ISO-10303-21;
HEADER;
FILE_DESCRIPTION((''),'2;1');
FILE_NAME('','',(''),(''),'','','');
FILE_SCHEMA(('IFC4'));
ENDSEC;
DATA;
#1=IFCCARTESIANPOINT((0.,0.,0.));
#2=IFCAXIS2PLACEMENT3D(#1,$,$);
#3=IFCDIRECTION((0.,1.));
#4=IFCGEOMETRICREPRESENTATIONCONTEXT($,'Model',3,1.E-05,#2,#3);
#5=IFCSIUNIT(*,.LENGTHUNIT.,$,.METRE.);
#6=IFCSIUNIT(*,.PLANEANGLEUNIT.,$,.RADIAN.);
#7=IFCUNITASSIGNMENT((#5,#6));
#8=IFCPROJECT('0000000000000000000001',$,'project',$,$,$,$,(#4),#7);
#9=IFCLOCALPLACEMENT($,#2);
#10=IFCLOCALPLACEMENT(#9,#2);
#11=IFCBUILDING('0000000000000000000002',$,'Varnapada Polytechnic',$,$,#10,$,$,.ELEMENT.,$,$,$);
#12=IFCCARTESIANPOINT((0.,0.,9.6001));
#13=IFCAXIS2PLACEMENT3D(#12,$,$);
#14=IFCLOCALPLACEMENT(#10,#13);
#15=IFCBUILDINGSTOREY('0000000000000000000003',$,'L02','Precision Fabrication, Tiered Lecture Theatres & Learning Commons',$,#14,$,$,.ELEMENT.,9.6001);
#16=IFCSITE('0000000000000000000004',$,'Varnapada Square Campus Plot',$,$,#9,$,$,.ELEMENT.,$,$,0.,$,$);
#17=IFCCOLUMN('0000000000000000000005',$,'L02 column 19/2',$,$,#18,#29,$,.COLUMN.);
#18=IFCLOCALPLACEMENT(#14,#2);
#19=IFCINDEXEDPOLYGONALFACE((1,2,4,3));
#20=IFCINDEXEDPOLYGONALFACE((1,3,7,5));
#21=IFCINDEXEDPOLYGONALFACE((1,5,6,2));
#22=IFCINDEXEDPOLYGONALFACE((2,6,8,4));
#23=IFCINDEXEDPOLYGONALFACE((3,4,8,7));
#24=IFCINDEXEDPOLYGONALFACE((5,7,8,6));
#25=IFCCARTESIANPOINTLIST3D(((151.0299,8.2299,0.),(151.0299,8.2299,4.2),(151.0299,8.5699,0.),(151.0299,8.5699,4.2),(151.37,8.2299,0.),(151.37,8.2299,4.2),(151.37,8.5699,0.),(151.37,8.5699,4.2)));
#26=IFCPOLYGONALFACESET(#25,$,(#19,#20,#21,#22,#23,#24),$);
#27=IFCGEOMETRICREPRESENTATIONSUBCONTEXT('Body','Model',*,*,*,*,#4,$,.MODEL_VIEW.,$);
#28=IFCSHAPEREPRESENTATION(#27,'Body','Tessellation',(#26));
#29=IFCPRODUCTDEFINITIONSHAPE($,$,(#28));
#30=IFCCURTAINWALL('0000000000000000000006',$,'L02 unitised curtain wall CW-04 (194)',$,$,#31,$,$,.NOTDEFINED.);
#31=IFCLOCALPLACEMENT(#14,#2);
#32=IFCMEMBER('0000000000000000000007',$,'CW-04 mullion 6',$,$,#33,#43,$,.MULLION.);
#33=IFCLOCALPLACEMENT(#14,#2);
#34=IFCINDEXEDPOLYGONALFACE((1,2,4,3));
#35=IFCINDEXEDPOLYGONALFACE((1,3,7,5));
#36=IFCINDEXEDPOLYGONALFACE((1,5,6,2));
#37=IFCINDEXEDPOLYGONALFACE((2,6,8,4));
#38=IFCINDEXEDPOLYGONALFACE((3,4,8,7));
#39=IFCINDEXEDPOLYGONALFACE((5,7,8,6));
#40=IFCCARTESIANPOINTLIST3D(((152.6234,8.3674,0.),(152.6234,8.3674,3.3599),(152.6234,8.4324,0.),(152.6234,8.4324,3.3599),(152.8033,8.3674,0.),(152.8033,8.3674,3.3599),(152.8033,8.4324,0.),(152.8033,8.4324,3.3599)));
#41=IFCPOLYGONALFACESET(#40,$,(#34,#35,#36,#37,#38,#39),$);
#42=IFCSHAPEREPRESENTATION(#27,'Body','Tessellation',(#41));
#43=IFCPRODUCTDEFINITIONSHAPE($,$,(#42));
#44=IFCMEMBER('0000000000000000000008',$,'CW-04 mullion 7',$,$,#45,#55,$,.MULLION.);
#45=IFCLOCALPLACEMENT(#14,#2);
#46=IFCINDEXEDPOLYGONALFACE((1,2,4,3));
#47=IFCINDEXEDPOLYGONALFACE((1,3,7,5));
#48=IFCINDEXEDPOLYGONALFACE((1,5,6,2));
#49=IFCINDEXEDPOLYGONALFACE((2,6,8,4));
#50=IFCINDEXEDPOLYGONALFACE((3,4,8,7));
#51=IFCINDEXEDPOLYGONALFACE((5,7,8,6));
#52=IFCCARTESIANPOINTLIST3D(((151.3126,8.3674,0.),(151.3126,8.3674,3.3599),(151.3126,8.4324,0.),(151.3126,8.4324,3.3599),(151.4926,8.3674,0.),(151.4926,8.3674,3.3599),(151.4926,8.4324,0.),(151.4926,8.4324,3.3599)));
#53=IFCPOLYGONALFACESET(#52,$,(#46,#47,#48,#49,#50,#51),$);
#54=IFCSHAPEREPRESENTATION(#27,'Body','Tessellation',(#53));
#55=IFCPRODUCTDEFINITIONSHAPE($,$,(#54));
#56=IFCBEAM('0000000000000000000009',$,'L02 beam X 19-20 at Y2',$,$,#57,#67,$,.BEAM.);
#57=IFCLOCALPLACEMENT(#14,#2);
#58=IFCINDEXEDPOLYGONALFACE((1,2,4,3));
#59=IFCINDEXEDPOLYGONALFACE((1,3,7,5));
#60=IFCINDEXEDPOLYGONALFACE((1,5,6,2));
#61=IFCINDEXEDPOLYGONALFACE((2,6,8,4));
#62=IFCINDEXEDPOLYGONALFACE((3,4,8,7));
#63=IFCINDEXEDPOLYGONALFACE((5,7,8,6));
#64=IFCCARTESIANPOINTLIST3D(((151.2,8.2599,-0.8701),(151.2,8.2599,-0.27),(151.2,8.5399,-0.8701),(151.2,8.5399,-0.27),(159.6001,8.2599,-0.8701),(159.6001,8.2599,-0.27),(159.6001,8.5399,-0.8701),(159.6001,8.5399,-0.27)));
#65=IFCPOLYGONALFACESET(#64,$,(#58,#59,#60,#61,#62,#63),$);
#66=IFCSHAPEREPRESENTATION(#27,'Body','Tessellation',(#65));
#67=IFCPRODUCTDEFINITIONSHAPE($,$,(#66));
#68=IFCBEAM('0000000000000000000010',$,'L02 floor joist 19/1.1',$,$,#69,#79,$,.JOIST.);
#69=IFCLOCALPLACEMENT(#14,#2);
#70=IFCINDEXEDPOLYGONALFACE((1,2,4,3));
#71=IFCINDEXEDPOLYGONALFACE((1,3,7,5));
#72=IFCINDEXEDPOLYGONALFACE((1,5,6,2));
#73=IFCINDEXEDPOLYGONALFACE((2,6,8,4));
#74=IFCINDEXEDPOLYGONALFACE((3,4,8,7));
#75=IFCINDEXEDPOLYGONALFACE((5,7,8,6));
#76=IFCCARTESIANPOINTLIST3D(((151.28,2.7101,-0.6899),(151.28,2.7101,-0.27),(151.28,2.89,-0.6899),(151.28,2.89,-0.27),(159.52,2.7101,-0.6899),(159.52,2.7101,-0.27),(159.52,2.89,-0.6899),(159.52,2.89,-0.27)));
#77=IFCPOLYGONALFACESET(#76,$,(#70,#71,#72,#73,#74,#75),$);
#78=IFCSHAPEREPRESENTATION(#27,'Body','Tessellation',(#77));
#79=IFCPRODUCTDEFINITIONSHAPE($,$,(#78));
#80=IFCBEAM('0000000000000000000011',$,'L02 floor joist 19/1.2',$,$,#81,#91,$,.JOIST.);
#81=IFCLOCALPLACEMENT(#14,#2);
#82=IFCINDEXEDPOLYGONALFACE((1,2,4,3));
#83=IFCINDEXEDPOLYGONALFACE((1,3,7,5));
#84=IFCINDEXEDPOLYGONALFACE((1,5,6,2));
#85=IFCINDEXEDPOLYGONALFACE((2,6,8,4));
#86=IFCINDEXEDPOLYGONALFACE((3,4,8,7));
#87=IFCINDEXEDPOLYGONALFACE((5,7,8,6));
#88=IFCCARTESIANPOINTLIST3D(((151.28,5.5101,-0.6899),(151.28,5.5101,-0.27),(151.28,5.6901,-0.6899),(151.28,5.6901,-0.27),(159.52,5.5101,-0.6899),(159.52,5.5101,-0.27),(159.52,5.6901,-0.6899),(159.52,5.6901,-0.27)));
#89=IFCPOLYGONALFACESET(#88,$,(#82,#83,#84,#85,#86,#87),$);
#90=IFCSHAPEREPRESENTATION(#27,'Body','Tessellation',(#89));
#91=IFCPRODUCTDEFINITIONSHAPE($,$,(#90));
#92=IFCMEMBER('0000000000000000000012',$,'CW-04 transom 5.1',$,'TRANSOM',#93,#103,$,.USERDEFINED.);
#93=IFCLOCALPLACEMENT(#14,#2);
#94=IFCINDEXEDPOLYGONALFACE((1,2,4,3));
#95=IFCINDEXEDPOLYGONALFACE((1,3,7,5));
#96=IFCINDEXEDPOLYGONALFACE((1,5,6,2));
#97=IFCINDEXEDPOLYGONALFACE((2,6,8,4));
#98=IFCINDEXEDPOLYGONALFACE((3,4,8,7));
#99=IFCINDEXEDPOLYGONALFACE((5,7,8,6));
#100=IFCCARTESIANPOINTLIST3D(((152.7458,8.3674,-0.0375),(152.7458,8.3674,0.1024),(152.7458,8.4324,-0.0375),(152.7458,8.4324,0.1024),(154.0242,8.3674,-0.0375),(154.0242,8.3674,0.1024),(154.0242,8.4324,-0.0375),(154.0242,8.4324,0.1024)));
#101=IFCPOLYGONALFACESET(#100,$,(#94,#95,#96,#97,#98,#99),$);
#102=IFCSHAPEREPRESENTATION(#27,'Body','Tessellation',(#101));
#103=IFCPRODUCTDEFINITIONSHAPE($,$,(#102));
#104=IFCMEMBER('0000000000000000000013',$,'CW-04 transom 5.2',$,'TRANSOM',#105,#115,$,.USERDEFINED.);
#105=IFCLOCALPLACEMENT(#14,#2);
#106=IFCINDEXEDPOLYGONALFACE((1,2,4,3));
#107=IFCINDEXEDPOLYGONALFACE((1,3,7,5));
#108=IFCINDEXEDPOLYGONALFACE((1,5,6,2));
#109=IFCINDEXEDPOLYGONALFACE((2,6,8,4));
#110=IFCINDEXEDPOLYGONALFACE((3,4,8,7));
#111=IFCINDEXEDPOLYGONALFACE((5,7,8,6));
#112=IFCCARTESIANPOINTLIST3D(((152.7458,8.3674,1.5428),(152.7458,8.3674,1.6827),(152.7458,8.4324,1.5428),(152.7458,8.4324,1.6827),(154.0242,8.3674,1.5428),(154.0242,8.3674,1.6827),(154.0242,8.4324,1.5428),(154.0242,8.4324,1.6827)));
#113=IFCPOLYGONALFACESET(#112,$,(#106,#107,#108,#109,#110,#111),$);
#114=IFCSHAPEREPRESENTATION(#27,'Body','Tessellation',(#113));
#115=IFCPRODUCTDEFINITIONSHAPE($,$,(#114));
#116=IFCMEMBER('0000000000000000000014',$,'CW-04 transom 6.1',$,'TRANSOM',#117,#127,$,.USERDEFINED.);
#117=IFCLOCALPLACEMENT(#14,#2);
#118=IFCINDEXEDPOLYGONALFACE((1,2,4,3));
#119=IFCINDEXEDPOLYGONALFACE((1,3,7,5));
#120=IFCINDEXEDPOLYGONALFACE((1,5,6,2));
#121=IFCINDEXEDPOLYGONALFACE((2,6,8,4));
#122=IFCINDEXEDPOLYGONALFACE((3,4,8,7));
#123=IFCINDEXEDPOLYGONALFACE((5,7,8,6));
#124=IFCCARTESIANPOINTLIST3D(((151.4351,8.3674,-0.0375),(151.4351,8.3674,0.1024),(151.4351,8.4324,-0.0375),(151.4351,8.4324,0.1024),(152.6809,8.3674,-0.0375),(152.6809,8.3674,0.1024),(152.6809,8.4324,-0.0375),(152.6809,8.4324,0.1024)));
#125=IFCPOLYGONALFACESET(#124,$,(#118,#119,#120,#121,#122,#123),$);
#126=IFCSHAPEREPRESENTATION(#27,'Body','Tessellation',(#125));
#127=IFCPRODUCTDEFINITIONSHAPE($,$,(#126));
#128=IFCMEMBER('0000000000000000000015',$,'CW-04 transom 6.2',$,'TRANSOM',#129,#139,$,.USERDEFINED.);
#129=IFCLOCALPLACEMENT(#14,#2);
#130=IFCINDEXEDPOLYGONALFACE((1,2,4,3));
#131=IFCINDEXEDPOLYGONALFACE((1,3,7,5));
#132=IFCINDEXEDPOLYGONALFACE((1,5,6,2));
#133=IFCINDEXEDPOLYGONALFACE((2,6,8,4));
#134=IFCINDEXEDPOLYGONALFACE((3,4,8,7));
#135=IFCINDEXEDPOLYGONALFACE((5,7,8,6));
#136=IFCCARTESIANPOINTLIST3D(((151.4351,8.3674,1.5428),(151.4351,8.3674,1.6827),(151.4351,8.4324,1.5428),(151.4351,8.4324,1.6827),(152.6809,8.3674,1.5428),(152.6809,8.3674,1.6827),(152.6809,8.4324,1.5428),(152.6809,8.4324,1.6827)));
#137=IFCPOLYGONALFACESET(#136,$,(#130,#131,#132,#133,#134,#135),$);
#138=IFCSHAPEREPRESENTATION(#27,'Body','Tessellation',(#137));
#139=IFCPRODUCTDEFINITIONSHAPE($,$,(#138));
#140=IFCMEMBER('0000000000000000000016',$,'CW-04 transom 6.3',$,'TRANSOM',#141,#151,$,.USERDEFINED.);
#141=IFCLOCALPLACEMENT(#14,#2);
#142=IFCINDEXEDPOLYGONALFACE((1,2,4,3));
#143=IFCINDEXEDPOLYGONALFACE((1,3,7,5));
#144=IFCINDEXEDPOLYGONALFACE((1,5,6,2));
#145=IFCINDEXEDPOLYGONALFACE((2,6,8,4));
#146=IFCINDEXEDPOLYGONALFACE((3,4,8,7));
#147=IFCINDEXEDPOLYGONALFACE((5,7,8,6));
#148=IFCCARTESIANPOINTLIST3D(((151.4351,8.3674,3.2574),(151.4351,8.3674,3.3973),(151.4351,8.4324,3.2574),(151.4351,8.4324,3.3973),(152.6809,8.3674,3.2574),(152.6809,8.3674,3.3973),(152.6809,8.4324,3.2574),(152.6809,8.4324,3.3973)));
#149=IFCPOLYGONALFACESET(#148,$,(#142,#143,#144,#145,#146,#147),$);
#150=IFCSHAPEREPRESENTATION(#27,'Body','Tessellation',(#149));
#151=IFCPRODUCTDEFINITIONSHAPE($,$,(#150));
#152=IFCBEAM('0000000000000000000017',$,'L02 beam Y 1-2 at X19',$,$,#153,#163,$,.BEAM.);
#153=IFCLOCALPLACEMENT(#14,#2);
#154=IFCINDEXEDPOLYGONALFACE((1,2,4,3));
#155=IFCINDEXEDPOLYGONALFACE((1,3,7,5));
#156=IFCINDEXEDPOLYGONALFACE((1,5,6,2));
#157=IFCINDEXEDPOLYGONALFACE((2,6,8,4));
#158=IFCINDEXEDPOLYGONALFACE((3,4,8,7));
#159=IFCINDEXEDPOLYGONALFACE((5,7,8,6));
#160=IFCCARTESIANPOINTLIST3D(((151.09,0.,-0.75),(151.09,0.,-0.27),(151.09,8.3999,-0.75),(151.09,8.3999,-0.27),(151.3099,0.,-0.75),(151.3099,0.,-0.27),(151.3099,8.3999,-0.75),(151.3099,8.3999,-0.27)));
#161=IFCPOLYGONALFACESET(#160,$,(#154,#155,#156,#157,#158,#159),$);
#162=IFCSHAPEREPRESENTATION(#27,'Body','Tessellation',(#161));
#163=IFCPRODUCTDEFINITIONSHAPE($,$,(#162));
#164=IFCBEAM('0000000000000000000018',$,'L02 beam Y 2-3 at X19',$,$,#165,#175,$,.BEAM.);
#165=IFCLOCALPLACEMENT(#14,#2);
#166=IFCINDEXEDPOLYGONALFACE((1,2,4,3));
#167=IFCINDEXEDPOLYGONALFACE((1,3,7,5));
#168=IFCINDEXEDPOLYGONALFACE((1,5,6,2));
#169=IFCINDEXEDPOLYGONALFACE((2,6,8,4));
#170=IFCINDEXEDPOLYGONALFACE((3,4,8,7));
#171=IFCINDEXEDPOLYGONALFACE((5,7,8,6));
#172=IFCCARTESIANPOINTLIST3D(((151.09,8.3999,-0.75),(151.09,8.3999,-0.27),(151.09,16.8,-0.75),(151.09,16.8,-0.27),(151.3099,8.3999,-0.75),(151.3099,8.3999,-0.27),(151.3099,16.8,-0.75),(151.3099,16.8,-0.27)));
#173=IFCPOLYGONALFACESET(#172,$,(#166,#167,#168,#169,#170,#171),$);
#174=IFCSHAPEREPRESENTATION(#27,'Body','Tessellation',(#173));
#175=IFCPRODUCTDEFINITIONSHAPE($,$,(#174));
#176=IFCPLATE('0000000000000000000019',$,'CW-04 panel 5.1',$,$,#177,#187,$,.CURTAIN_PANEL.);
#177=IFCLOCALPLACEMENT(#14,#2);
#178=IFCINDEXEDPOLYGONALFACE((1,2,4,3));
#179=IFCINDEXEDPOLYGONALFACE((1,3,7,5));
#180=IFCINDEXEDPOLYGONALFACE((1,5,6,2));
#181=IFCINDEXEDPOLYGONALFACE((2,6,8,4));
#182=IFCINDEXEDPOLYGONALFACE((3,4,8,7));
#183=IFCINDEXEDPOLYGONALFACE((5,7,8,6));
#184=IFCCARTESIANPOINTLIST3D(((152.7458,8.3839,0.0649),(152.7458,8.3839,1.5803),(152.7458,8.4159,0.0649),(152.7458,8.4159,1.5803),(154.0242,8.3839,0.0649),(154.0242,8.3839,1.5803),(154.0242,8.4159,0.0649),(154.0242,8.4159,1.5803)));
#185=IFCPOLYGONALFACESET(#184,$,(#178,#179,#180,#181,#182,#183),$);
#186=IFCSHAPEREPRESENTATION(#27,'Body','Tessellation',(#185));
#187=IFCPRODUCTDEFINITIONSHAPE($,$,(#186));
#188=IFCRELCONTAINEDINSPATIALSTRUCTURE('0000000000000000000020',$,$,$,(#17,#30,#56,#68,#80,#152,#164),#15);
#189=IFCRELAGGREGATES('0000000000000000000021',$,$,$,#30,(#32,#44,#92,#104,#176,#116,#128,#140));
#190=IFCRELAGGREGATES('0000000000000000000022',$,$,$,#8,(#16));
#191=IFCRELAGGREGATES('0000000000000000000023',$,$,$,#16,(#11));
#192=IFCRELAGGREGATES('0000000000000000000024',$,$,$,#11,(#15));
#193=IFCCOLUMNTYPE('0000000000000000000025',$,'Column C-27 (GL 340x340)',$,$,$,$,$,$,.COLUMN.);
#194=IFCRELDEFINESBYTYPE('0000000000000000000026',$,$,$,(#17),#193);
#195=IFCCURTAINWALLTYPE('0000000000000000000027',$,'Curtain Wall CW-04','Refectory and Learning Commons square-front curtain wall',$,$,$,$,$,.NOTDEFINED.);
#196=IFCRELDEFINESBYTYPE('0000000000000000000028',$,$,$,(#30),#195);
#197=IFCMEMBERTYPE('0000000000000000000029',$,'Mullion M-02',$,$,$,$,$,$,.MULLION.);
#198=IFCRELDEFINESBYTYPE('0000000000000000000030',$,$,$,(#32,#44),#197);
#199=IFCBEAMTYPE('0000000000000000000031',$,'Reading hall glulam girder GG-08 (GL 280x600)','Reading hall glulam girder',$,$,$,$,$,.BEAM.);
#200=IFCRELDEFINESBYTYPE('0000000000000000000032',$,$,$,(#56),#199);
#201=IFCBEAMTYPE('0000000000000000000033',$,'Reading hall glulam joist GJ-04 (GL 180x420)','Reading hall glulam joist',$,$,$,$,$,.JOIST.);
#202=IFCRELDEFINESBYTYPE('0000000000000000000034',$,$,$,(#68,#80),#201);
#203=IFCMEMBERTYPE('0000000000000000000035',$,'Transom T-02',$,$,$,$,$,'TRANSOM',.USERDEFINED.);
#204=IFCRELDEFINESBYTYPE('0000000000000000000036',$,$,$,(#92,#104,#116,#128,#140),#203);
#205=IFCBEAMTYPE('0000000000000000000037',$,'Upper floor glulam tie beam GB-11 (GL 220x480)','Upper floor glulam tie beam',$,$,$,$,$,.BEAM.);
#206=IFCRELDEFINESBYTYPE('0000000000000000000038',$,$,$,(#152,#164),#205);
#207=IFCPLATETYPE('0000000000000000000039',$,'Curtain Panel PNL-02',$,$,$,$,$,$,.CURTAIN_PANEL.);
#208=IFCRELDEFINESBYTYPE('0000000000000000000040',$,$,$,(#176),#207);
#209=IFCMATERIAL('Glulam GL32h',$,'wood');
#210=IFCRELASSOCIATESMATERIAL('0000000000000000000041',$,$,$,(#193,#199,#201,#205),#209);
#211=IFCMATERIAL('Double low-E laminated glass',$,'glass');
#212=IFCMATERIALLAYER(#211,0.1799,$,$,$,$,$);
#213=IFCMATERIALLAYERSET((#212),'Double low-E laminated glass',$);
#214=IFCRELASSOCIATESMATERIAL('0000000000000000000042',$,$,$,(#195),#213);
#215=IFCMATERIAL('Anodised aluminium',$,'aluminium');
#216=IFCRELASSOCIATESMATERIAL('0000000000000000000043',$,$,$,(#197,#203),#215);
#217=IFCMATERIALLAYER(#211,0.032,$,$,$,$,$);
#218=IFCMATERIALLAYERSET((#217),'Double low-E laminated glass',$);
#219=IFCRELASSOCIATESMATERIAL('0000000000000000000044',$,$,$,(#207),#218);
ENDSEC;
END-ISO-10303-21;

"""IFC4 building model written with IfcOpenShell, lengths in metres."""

from ifc_helpers import new_model, si_unit, direction, frame, origin, origin_2d, place, context, subcontext, project, spatial, rectangle, extrude, material, layer, layer_set, material_profile, profile_set, type_object, element, aggregate, save


model = new_model("IFC4")

# Units and contexts
model_context = context("Model", 3, precision=1e-05, world=origin(), true_north=direction((0.0, 1.0)))
body_context = subcontext(model_context, "Body", "Model", "MODEL_VIEW")
ifc_project = project(units=[si_unit("LENGTHUNIT", "METRE"), si_unit("PLANEANGLEUNIT", "RADIAN")], contexts=[model_context])

# Site, building, storey
site_placement = place(None, origin())
site = spatial("IfcSite", under=ifc_project, at=site_placement, Name="Varnapada Square Campus Plot", CompositionType="ELEMENT", RefElevation=0.0)
building_placement = place(site_placement, origin())
building = spatial("IfcBuilding", under=site, at=building_placement, Name="Varnapada Polytechnic", CompositionType="ELEMENT")
storey_placement = place(building_placement, frame((0.0, 0.0, 9.6001)))
storey = spatial("IfcBuildingStorey", under=building, at=storey_placement, Name="L02", Description="Precision Fabrication, Tiered Lecture Theatres & Learning Commons", CompositionType="ELEMENT", Elevation=9.6001)

# Column
ifc_material_1 = material(Name="Glulam GL32h", Category="wood")
ifc_material_profile_1 = material_profile(ifc_material_1, rectangle(XDim=0.3401, YDim=0.3401, at=origin_2d()), Name="GL 340x340")
ifc_profile_set_1 = profile_set([ifc_material_profile_1], Name="Glulam GL32h")
column_type = type_object("IfcColumnType", Name="Column C-27 (GL 340x340)", PredefinedType="COLUMN", material=ifc_profile_set_1)
column_placement = place(storey_placement, frame((151.2, 8.3999, 0.0), z_axis=(0.0, 0.0, 1.0), x_axis=(1.0, 0.0, 0.0)))
element("IfcColumn", 1, at=column_placement, inside=storey, type_object=column_type, Name="L02 column 19/2", PredefinedType="COLUMN", context=body_context, shape_type="SweptSolid", body=[
    extrude(rectangle(XDim=0.3401, YDim=0.3401, at=origin_2d()), origin(), (0.0, 0.0, 1.0), 4.2),
])

# Curtain wall, members
ifc_material_2 = material(Name="Double low-E laminated glass", Category="glass")
ifc_layer_1 = layer(ifc_material_2, 0.1799)
ifc_layer_set_1 = layer_set([ifc_layer_1], Name="Double low-E laminated glass")
curtain_wall_type = type_object("IfcCurtainWallType", Name="Curtain Wall CW-04", Description="Refectory and Learning Commons square-front curtain wall", PredefinedType="NOTDEFINED", material=ifc_layer_set_1)
curtain_wall_placement = place(storey_placement, origin())
curtain_wall = element("IfcCurtainWall", 2, at=curtain_wall_placement, inside=storey, type_object=curtain_wall_type, Name="L02 unitised curtain wall CW-04 (194)", PredefinedType="NOTDEFINED")
ifc_material_3 = material(Name="Anodised aluminium", Category="aluminium")
ifc_material_profile_2 = material_profile(ifc_material_3, rectangle(XDim=0.0649, YDim=0.1799, at=origin_2d()), Name="ALU M65x180")
ifc_profile_set_2 = profile_set([ifc_material_profile_2], Name="Anodised aluminium")
member_type_1 = type_object("IfcMemberType", Name="Mullion M-02", PredefinedType="MULLION", material=ifc_profile_set_2)
member_1_placement = place(storey_placement, frame((152.7134, 8.3999, 0.0), z_axis=(0.0, 0.0, 1.0), x_axis=(0.0, -1.0, 0.0)))
member_1 = element("IfcMember", 3, at=member_1_placement, type_object=member_type_1, Name="CW-04 mullion 6", PredefinedType="MULLION", context=body_context, shape_type="SweptSolid", body=[
    extrude(rectangle(XDim=0.0649, YDim=0.1799, at=origin_2d()), origin(), (0.0, 0.0, 1.0), 3.3599),
])
member_2_placement = place(storey_placement, frame((151.4026, 8.3999, 0.0), z_axis=(0.0, 0.0, 1.0), x_axis=(0.0, -1.0, 0.0)))
member_2 = element("IfcMember", 4, at=member_2_placement, type_object=member_type_1, Name="CW-04 mullion 7", PredefinedType="MULLION", context=body_context, shape_type="SweptSolid", body=[
    extrude(rectangle(XDim=0.0649, YDim=0.1799, at=origin_2d()), origin(), (0.0, 0.0, 1.0), 3.3599),
])

# Beams
ifc_material_profile_3 = material_profile(ifc_material_1, rectangle(XDim=0.28, YDim=0.6001, at=origin_2d()), Name="GL 280x600")
ifc_profile_set_3 = profile_set([ifc_material_profile_3], Name="Glulam GL32h")
beam_type_1 = type_object("IfcBeamType", Name="Reading hall glulam girder GG-08 (GL 280x600)", Description="Reading hall glulam girder", PredefinedType="BEAM", material=ifc_profile_set_3)
beam_1_placement = place(storey_placement, frame((151.2, 8.3999, -0.5701), z_axis=(1.0, 0.0, 0.0), x_axis=(0.0, 1.0, 0.0)))
element("IfcBeam", 5, at=beam_1_placement, inside=storey, type_object=beam_type_1, Name="L02 beam X 19-20 at Y2", PredefinedType="BEAM", context=body_context, shape_type="SweptSolid", body=[
    extrude(rectangle(XDim=0.28, YDim=0.6001, at=origin_2d()), origin(), (0.0, 0.0, 1.0), 8.4001),
])
ifc_material_profile_4 = material_profile(ifc_material_1, rectangle(XDim=0.1799, YDim=0.4199, at=origin_2d()), Name="GL 180x420")
ifc_profile_set_4 = profile_set([ifc_material_profile_4], Name="Glulam GL32h")
beam_type_2 = type_object("IfcBeamType", Name="Reading hall glulam joist GJ-04 (GL 180x420)", Description="Reading hall glulam joist", PredefinedType="JOIST", material=ifc_profile_set_4)
for number, where, z_axis, x_axis, name in (
    (6, (151.28, 2.8, -0.48), (1.0, 0.0, 0.0), (0.0, 1.0, 0.0), "L02 floor joist 19/1.1"),
    (7, (151.28, 5.6001, -0.48), (1.0, 0.0, 0.0), (0.0, 1.0, 0.0), "L02 floor joist 19/1.2"),
):
    element("IfcBeam", number, at=place(storey_placement, frame(where, z_axis=z_axis, x_axis=x_axis)), inside=storey, type_object=beam_type_2, Name=name, PredefinedType="JOIST", context=body_context, shape_type="SweptSolid", body=[
        extrude(rectangle(XDim=0.1799, YDim=0.4199, at=origin_2d()), origin(), (0.0, 0.0, 1.0), 8.24),
    ])

# Members
ifc_material_profile_5 = material_profile(ifc_material_3, rectangle(XDim=0.0649, YDim=0.1399, at=origin_2d()), Name="ALU T65x140")
ifc_profile_set_5 = profile_set([ifc_material_profile_5], Name="Anodised aluminium")
member_type_2 = type_object("IfcMemberType", Name="Transom T-02", ElementType="TRANSOM", PredefinedType="USERDEFINED", material=ifc_profile_set_5)
member_3_placement = place(storey_placement, frame((154.0242, 8.3999, 0.0325), z_axis=(-1.0, 0.0, 0.0), x_axis=(0.0, -1.0, 0.0)))
member_3 = element("IfcMember", 8, at=member_3_placement, type_object=member_type_2, Name="CW-04 transom 5.1", ObjectType="TRANSOM", PredefinedType="USERDEFINED", context=body_context, shape_type="SweptSolid", body=[
    extrude(rectangle(XDim=0.0649, YDim=0.1399, at=origin_2d()), origin(), (0.0, 0.0, 1.0), 1.2783),
])
member_4_placement = place(storey_placement, frame((154.0242, 8.3999, 1.6128), z_axis=(-1.0, 0.0, 0.0), x_axis=(0.0, -1.0, 0.0)))
member_4 = element("IfcMember", 9, at=member_4_placement, type_object=member_type_2, Name="CW-04 transom 5.2", ObjectType="TRANSOM", PredefinedType="USERDEFINED", context=body_context, shape_type="SweptSolid", body=[
    extrude(rectangle(XDim=0.0649, YDim=0.1399, at=origin_2d()), origin(), (0.0, 0.0, 1.0), 1.2783),
])
member_5_placement = place(storey_placement, frame((152.6809, 8.3999, 0.0325), z_axis=(-1.0, 0.0, 0.0), x_axis=(0.0, -1.0, 0.0)))
member_5 = element("IfcMember", 10, at=member_5_placement, type_object=member_type_2, Name="CW-04 transom 6.1", ObjectType="TRANSOM", PredefinedType="USERDEFINED", context=body_context, shape_type="SweptSolid", body=[
    extrude(rectangle(XDim=0.0649, YDim=0.1399, at=origin_2d()), origin(), (0.0, 0.0, 1.0), 1.2458),
])
member_6_placement = place(storey_placement, frame((152.6809, 8.3999, 1.6128), z_axis=(-1.0, 0.0, 0.0), x_axis=(0.0, -1.0, 0.0)))
member_6 = element("IfcMember", 11, at=member_6_placement, type_object=member_type_2, Name="CW-04 transom 6.2", ObjectType="TRANSOM", PredefinedType="USERDEFINED", context=body_context, shape_type="SweptSolid", body=[
    extrude(rectangle(XDim=0.0649, YDim=0.1399, at=origin_2d()), origin(), (0.0, 0.0, 1.0), 1.2458),
])
member_7_placement = place(storey_placement, frame((152.6809, 8.3999, 3.3274), z_axis=(-1.0, 0.0, 0.0), x_axis=(0.0, -1.0, 0.0)))
member_7 = element("IfcMember", 12, at=member_7_placement, type_object=member_type_2, Name="CW-04 transom 6.3", ObjectType="TRANSOM", PredefinedType="USERDEFINED", context=body_context, shape_type="SweptSolid", body=[
    extrude(rectangle(XDim=0.0649, YDim=0.1399, at=origin_2d()), origin(), (0.0, 0.0, 1.0), 1.2458),
])

# Beams
ifc_material_profile_6 = material_profile(ifc_material_1, rectangle(XDim=0.22, YDim=0.48, at=origin_2d()), Name="GL 220x480")
ifc_profile_set_6 = profile_set([ifc_material_profile_6], Name="Glulam GL32h")
beam_type_3 = type_object("IfcBeamType", Name="Upper floor glulam tie beam GB-11 (GL 220x480)", Description="Upper floor glulam tie beam", PredefinedType="BEAM", material=ifc_profile_set_6)
beam_2_placement = place(storey_placement, frame((151.2, 0.0, -0.51), z_axis=(0.0, 1.0, 0.0), x_axis=(-1.0, 0.0, 0.0)))
element("IfcBeam", 13, at=beam_2_placement, inside=storey, type_object=beam_type_3, Name="L02 beam Y 1-2 at X19", PredefinedType="BEAM", context=body_context, shape_type="SweptSolid", body=[
    extrude(rectangle(XDim=0.22, YDim=0.48, at=origin_2d()), origin(), (0.0, 0.0, 1.0), 8.3999),
])
beam_3_placement = place(storey_placement, frame((151.2, 8.3999, -0.51), z_axis=(0.0, 1.0, 0.0), x_axis=(-1.0, 0.0, 0.0)))
element("IfcBeam", 14, at=beam_3_placement, inside=storey, type_object=beam_type_3, Name="L02 beam Y 2-3 at X19", PredefinedType="BEAM", context=body_context, shape_type="SweptSolid", body=[
    extrude(rectangle(XDim=0.22, YDim=0.48, at=origin_2d()), origin(), (0.0, 0.0, 1.0), 8.4001),
])

# Plate
ifc_layer_2 = layer(ifc_material_2, 0.032)
ifc_layer_set_2 = layer_set([ifc_layer_2], Name="Double low-E laminated glass")
plate_type = type_object("IfcPlateType", Name="Curtain Panel PNL-02", PredefinedType="CURTAIN_PANEL", material=ifc_layer_set_2)
plate_1_placement = place(storey_placement, frame((153.385, 8.3999, 0.0649), z_axis=(0.0, 0.0, 1.0), x_axis=(-1.0, 0.0, 0.0)))
plate_1 = element("IfcPlate", 15, at=plate_1_placement, type_object=plate_type, Name="CW-04 panel 5.1", PredefinedType="CURTAIN_PANEL", context=body_context, shape_type="SweptSolid", body=[
    extrude(rectangle(XDim=1.2783, YDim=0.032, at=origin_2d()), origin(), (0.0, 0.0, 1.0), 1.5154),
])
aggregate(curtain_wall, [member_1, member_2, member_3, member_4, plate_1, member_5, member_6, member_7])

save(model, "model.ifc")
